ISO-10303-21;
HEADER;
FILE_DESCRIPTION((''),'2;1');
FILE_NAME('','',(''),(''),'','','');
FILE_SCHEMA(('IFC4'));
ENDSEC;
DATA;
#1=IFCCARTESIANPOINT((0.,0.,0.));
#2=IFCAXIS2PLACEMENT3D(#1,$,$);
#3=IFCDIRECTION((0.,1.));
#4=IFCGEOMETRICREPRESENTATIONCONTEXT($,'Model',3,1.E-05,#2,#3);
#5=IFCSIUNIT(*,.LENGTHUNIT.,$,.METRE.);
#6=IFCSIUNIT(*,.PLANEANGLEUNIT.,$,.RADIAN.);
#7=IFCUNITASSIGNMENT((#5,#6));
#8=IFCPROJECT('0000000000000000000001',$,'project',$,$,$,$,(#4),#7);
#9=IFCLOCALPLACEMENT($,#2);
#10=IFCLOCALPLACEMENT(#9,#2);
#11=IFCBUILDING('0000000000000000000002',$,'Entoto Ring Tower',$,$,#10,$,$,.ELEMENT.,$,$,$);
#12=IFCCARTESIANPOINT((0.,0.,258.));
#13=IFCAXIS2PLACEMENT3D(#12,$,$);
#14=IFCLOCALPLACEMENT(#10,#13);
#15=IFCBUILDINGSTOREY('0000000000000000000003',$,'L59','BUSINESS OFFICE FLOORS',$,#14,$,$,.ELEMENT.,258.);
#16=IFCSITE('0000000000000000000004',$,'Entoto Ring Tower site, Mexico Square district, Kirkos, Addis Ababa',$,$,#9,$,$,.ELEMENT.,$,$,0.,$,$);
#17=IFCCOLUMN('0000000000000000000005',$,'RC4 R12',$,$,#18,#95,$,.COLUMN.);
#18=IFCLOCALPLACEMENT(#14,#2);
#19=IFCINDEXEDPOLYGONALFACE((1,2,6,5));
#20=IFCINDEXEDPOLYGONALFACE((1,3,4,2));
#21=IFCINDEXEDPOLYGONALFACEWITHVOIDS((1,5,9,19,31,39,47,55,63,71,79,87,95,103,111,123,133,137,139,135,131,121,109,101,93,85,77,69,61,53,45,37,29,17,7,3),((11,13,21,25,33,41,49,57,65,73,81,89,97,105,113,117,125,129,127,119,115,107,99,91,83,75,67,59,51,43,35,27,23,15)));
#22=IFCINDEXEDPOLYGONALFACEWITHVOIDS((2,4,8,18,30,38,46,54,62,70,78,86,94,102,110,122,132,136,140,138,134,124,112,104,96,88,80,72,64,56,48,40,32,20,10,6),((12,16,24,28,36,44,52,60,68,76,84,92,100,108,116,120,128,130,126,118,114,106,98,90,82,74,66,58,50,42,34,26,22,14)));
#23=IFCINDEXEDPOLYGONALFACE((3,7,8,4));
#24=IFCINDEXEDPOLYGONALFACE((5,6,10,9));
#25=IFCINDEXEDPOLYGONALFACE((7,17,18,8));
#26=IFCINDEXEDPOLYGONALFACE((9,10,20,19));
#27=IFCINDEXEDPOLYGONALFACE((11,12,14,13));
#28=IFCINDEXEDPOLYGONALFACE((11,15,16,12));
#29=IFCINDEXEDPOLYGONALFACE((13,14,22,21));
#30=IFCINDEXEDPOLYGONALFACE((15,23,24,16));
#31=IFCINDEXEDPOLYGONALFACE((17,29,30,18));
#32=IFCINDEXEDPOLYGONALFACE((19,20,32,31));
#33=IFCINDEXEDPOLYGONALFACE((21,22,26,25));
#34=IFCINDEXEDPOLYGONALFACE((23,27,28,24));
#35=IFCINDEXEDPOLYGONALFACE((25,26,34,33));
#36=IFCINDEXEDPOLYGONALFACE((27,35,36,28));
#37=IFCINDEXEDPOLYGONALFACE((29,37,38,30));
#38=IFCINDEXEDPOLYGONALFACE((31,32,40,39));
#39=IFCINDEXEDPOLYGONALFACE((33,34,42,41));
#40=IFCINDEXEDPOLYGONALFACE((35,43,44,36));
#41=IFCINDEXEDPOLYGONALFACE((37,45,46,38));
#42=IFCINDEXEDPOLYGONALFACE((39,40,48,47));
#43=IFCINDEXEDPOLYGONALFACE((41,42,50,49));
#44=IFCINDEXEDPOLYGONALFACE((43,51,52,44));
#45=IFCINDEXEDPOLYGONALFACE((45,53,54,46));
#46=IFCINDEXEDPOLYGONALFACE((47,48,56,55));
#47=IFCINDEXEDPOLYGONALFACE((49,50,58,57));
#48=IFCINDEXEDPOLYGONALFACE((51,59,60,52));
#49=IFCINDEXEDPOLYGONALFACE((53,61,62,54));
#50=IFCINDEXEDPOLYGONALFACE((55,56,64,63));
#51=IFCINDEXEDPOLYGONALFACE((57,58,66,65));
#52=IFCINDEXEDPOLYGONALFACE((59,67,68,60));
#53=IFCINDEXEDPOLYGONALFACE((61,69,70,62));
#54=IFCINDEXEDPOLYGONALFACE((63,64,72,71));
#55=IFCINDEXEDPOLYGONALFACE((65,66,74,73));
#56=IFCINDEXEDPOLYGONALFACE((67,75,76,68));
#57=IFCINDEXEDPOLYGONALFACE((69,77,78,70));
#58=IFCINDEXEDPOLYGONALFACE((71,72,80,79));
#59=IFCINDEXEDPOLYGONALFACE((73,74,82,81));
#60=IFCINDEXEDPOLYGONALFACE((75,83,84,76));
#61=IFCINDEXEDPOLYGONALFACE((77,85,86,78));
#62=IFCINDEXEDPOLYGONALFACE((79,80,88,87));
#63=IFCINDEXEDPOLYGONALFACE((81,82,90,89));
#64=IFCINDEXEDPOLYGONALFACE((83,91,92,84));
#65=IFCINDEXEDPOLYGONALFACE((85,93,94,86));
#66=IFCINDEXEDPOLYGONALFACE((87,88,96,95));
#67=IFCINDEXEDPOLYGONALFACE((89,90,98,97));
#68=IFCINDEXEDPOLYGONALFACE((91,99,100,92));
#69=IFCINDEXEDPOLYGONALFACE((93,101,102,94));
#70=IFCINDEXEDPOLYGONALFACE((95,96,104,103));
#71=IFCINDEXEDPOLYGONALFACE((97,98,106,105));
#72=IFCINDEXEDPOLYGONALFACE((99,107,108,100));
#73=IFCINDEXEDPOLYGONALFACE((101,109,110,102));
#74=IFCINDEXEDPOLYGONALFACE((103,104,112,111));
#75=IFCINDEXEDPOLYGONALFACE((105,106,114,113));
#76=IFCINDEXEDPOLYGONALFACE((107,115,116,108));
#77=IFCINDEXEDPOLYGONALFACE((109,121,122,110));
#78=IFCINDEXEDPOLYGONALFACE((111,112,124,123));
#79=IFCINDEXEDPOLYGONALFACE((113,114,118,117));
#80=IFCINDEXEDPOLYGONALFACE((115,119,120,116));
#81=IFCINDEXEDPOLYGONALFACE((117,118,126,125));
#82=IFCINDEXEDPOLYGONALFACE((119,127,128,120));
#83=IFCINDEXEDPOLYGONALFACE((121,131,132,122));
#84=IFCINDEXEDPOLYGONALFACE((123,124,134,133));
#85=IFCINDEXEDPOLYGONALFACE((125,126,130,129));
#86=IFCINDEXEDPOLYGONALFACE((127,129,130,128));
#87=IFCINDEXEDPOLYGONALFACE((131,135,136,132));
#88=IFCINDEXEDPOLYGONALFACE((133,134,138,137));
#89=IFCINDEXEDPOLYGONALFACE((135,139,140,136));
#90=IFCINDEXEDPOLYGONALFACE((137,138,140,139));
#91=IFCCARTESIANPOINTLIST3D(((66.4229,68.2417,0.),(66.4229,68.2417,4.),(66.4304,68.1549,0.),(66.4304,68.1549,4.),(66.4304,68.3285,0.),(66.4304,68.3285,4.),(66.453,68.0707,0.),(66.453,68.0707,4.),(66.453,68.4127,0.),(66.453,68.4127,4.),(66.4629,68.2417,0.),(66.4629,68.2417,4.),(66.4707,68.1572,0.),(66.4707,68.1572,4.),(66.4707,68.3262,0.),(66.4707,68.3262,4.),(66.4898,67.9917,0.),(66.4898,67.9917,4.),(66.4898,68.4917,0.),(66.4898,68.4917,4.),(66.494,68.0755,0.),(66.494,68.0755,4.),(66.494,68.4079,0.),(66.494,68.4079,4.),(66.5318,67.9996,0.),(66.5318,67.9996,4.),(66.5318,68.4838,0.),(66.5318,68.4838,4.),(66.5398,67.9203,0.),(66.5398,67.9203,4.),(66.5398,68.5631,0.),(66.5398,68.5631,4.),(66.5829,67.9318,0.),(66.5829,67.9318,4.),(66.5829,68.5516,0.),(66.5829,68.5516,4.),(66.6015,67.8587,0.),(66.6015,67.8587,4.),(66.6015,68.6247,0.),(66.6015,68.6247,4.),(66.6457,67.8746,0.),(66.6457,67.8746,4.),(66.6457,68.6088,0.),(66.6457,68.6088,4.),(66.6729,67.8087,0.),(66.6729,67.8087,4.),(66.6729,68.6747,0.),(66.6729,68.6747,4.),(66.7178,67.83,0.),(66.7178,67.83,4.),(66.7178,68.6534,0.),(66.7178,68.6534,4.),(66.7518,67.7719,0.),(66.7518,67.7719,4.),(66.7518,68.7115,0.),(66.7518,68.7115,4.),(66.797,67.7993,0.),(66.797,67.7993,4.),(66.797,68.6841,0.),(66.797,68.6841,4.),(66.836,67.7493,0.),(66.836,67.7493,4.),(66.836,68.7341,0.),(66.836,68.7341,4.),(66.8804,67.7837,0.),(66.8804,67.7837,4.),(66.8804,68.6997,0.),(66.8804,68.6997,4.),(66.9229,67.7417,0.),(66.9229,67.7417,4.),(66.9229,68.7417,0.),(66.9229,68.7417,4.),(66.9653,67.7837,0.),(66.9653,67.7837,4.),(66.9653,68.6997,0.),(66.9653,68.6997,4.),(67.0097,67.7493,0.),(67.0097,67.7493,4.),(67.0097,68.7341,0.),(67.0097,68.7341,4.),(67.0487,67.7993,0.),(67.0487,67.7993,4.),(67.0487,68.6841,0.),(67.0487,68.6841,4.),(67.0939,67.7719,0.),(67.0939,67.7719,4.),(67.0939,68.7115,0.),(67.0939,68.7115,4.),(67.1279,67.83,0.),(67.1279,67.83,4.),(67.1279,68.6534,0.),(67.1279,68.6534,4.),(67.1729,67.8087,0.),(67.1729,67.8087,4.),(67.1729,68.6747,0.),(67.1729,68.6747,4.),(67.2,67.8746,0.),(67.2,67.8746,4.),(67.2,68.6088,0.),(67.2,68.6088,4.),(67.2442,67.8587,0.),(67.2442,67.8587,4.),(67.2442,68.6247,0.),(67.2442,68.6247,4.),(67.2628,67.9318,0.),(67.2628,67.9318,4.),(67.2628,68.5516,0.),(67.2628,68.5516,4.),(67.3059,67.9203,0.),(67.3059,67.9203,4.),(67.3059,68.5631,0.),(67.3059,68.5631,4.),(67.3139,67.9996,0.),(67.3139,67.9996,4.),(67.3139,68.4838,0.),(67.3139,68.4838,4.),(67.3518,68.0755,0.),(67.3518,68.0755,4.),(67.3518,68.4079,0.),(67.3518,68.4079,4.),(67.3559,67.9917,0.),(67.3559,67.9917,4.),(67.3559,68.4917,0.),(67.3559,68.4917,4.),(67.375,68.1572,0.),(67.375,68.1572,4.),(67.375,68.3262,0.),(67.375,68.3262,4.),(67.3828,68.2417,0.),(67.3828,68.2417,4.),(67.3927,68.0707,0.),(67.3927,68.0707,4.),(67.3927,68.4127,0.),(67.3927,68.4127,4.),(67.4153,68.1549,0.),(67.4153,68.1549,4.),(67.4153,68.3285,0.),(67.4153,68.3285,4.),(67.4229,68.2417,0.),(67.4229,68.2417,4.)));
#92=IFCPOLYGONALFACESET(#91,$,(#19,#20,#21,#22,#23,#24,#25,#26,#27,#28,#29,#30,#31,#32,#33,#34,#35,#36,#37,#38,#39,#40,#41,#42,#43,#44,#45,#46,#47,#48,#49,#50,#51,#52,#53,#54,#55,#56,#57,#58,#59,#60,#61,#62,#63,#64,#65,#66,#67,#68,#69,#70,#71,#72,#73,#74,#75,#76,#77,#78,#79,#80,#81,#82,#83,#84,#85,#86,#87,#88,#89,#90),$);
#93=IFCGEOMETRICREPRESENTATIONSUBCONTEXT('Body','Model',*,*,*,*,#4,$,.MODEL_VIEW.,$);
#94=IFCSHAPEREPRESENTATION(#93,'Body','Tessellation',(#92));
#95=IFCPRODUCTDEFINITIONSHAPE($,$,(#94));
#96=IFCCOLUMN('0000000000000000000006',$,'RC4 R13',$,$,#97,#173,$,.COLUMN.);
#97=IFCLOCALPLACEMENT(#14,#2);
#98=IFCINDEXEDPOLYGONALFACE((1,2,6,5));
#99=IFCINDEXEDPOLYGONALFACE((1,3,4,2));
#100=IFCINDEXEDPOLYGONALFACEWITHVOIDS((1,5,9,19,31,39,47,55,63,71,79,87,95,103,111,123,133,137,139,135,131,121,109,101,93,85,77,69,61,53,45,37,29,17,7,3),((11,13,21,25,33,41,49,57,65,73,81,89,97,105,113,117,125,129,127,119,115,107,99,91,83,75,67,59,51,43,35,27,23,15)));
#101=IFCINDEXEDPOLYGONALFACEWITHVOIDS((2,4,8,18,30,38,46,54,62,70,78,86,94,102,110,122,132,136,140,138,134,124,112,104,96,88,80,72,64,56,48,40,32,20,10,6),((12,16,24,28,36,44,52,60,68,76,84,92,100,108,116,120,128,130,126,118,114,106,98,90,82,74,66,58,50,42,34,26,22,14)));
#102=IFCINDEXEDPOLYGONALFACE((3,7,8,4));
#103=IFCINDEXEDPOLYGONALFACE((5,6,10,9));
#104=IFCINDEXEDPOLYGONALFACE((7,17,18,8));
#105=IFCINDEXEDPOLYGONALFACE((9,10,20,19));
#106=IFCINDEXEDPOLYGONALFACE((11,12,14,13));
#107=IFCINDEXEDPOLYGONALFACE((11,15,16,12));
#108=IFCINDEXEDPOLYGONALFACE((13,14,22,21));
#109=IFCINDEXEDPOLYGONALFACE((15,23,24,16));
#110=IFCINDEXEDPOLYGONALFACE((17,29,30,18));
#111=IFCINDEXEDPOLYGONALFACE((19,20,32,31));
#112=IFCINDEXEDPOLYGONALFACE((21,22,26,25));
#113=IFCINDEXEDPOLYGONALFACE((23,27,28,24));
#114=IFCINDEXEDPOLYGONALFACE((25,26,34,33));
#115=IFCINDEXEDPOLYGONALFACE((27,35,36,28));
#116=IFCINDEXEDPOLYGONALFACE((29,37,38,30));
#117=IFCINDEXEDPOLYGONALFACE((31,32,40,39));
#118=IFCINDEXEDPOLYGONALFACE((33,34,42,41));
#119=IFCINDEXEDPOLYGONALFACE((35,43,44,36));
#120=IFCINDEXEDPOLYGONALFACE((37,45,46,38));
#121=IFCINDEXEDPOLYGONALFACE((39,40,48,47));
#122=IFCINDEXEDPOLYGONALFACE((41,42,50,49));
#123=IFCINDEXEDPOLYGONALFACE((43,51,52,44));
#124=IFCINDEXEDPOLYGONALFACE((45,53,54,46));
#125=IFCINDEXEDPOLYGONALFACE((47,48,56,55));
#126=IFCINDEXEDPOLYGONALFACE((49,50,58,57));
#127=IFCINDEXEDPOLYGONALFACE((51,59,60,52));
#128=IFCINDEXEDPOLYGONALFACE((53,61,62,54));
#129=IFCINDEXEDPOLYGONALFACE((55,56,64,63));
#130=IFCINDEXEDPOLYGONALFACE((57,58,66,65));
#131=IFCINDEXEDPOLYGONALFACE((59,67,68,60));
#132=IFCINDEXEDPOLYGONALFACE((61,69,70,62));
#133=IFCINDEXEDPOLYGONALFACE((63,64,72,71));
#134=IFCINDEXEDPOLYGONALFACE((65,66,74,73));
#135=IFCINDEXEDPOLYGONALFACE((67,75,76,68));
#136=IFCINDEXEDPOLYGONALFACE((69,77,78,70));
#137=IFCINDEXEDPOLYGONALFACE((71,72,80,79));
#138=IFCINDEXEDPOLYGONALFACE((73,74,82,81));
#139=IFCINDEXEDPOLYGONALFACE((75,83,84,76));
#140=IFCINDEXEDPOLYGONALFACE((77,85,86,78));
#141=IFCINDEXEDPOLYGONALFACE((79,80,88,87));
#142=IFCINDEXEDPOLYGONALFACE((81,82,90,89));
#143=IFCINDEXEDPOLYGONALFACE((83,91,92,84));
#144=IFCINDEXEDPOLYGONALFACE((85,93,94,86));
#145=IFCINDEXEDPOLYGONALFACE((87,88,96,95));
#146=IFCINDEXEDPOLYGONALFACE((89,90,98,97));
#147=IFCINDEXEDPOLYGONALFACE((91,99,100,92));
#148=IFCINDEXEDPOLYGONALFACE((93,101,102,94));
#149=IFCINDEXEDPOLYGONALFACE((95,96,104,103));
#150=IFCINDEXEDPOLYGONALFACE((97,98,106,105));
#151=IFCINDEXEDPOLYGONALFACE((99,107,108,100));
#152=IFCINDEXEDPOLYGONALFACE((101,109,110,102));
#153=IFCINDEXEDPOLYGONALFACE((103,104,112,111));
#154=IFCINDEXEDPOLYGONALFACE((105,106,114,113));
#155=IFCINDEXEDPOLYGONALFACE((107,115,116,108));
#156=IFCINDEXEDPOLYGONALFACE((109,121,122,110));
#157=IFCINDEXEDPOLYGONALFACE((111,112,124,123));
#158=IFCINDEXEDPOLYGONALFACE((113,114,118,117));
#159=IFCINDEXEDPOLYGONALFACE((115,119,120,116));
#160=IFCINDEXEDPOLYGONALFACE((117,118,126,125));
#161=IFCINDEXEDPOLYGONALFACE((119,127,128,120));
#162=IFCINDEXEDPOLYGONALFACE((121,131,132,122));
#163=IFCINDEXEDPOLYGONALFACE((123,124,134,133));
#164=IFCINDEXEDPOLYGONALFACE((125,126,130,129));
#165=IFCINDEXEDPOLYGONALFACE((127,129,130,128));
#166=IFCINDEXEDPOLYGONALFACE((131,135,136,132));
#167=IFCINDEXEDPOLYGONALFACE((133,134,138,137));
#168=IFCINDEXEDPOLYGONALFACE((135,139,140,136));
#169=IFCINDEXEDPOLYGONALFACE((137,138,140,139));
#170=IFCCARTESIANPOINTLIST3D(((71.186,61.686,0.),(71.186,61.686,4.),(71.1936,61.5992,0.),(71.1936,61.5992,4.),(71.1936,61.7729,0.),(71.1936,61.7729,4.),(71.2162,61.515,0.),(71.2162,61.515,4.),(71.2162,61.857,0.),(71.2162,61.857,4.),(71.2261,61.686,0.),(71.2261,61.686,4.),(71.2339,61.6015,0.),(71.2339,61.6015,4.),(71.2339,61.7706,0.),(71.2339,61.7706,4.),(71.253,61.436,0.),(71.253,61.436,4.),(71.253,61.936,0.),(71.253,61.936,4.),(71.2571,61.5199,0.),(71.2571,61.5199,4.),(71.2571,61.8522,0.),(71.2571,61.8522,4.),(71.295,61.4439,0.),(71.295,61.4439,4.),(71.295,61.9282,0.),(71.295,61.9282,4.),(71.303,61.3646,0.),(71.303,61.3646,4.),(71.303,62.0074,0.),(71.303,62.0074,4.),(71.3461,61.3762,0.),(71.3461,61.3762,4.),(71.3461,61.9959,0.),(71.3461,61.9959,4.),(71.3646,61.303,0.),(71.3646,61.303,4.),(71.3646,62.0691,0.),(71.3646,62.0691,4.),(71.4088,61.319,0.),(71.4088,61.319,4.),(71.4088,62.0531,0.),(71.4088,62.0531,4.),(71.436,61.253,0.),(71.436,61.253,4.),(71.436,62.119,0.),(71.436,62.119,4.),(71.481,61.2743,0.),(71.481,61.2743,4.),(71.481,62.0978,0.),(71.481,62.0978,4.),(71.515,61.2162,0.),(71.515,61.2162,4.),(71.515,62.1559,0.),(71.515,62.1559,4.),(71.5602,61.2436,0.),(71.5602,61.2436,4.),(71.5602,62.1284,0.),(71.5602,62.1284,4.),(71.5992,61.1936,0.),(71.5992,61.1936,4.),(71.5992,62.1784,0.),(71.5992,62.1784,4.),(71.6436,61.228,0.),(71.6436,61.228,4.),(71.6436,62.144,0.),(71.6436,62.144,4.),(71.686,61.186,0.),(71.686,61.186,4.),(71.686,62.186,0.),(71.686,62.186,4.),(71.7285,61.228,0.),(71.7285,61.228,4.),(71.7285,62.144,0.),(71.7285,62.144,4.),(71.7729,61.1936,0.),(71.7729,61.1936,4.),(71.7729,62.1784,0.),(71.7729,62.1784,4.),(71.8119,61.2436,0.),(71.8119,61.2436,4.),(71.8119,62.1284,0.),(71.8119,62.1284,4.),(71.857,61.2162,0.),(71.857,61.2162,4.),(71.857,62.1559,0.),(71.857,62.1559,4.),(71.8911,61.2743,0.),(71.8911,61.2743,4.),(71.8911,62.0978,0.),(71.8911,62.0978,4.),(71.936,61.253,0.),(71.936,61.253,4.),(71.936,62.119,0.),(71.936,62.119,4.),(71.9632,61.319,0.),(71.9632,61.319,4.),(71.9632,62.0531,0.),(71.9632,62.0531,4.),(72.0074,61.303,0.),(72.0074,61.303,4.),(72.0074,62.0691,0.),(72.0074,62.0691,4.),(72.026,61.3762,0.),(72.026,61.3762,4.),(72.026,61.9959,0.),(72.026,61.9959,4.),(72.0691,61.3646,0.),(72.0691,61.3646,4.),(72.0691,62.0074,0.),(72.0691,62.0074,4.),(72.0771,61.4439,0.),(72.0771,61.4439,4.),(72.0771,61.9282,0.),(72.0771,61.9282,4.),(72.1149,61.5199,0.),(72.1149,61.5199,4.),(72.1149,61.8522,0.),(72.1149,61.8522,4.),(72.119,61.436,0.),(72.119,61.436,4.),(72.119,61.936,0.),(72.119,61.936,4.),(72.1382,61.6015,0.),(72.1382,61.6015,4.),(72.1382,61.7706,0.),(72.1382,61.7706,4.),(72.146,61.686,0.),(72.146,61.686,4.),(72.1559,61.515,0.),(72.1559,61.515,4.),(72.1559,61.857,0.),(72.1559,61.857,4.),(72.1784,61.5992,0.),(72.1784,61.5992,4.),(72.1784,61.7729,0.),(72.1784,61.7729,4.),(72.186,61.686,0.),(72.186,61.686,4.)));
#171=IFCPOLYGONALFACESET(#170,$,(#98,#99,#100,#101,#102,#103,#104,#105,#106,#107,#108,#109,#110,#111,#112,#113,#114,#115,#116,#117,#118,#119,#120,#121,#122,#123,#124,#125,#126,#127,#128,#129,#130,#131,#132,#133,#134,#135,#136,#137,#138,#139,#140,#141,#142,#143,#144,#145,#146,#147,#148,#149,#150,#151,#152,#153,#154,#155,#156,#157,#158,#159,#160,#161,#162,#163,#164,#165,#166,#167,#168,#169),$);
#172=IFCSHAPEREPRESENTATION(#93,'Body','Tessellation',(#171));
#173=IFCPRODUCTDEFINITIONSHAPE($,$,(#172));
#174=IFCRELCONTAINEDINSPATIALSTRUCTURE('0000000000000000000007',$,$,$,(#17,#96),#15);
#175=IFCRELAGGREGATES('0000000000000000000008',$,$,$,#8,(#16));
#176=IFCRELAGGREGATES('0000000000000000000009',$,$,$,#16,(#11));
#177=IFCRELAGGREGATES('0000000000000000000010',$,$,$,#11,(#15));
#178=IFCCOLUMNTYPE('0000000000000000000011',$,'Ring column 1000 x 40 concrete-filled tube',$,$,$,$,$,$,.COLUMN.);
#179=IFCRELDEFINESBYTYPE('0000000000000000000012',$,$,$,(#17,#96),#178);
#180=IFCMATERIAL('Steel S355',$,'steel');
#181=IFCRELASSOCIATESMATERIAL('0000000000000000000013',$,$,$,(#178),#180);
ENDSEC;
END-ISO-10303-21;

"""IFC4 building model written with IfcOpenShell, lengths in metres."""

from ifc_helpers import new_model, si_unit, direction, frame, origin, origin_2d, place, context, subcontext, project, spatial, circle, hollow_circle, extrude, material, material_profile, profile_set, type_object, element, save


model = new_model("IFC4")

# Units and contexts
model_context = context("Model", 3, precision=1e-05, world=origin(), true_north=direction((0.0, 1.0)))
body_context = subcontext(model_context, "Body", "Model", "MODEL_VIEW")
ifc_project = project(units=[si_unit("LENGTHUNIT", "METRE"), si_unit("PLANEANGLEUNIT", "RADIAN")], contexts=[model_context])

# Site, building, storey
site_placement = place(None, origin())
site = spatial("IfcSite", under=ifc_project, at=site_placement, Name="Entoto Ring Tower site, Mexico Square district, Kirkos, Addis Ababa", CompositionType="ELEMENT", RefElevation=0.0)
building_placement = place(site_placement, origin())
building = spatial("IfcBuilding", under=site, at=building_placement, Name="Entoto Ring Tower", CompositionType="ELEMENT")
storey_placement = place(building_placement, frame((0.0, 0.0, 258.0)))
storey = spatial("IfcBuildingStorey", under=building, at=storey_placement, Name="L59", Description="BUSINESS OFFICE FLOORS", CompositionType="ELEMENT", Elevation=258.0)

# Columns
ifc_material_1 = material(Name="Steel S355", Category="steel")
ifc_material_profile_1 = material_profile(ifc_material_1, hollow_circle(Radius=0.5, WallThickness=0.04, at=origin_2d()), Name="CHS 1000 x 40")
ifc_material_2 = material(Name="Concrete C60/75", Category="concrete")
ifc_material_profile_2 = material_profile(ifc_material_2, circle(Radius=0.46, at=origin_2d()), Name="Concrete C60/75 infill")
ifc_profile_set_1 = profile_set([ifc_material_profile_1, ifc_material_profile_2], Name="Steel S355")
column_type = type_object("IfcColumnType", Name="Ring column 1000 x 40 concrete-filled tube", PredefinedType="COLUMN", material=ifc_profile_set_1)
for number, where, z_axis, x_axis, name in (
    (1, (66.9229, 68.2417, 0.0), (0.0, 0.0, 1.0), (1.0, 0.0, 0.0), "RC4 R12"),
    (2, (71.686, 61.686, 0.0), (0.0, 0.0, 1.0), (1.0, 0.0, 0.0), "RC4 R13"),
):
    element("IfcColumn", number, at=place(storey_placement, frame(where, z_axis=z_axis, x_axis=x_axis)), inside=storey, type_object=column_type, Name=name, PredefinedType="COLUMN", context=body_context, shape_type="SweptSolid", body=[
        extrude(hollow_circle(Radius=0.5, WallThickness=0.04, at=origin_2d()), origin(), (0.0, 0.0, 1.0), 4.0),
    ])

save(model, "model.ifc")
